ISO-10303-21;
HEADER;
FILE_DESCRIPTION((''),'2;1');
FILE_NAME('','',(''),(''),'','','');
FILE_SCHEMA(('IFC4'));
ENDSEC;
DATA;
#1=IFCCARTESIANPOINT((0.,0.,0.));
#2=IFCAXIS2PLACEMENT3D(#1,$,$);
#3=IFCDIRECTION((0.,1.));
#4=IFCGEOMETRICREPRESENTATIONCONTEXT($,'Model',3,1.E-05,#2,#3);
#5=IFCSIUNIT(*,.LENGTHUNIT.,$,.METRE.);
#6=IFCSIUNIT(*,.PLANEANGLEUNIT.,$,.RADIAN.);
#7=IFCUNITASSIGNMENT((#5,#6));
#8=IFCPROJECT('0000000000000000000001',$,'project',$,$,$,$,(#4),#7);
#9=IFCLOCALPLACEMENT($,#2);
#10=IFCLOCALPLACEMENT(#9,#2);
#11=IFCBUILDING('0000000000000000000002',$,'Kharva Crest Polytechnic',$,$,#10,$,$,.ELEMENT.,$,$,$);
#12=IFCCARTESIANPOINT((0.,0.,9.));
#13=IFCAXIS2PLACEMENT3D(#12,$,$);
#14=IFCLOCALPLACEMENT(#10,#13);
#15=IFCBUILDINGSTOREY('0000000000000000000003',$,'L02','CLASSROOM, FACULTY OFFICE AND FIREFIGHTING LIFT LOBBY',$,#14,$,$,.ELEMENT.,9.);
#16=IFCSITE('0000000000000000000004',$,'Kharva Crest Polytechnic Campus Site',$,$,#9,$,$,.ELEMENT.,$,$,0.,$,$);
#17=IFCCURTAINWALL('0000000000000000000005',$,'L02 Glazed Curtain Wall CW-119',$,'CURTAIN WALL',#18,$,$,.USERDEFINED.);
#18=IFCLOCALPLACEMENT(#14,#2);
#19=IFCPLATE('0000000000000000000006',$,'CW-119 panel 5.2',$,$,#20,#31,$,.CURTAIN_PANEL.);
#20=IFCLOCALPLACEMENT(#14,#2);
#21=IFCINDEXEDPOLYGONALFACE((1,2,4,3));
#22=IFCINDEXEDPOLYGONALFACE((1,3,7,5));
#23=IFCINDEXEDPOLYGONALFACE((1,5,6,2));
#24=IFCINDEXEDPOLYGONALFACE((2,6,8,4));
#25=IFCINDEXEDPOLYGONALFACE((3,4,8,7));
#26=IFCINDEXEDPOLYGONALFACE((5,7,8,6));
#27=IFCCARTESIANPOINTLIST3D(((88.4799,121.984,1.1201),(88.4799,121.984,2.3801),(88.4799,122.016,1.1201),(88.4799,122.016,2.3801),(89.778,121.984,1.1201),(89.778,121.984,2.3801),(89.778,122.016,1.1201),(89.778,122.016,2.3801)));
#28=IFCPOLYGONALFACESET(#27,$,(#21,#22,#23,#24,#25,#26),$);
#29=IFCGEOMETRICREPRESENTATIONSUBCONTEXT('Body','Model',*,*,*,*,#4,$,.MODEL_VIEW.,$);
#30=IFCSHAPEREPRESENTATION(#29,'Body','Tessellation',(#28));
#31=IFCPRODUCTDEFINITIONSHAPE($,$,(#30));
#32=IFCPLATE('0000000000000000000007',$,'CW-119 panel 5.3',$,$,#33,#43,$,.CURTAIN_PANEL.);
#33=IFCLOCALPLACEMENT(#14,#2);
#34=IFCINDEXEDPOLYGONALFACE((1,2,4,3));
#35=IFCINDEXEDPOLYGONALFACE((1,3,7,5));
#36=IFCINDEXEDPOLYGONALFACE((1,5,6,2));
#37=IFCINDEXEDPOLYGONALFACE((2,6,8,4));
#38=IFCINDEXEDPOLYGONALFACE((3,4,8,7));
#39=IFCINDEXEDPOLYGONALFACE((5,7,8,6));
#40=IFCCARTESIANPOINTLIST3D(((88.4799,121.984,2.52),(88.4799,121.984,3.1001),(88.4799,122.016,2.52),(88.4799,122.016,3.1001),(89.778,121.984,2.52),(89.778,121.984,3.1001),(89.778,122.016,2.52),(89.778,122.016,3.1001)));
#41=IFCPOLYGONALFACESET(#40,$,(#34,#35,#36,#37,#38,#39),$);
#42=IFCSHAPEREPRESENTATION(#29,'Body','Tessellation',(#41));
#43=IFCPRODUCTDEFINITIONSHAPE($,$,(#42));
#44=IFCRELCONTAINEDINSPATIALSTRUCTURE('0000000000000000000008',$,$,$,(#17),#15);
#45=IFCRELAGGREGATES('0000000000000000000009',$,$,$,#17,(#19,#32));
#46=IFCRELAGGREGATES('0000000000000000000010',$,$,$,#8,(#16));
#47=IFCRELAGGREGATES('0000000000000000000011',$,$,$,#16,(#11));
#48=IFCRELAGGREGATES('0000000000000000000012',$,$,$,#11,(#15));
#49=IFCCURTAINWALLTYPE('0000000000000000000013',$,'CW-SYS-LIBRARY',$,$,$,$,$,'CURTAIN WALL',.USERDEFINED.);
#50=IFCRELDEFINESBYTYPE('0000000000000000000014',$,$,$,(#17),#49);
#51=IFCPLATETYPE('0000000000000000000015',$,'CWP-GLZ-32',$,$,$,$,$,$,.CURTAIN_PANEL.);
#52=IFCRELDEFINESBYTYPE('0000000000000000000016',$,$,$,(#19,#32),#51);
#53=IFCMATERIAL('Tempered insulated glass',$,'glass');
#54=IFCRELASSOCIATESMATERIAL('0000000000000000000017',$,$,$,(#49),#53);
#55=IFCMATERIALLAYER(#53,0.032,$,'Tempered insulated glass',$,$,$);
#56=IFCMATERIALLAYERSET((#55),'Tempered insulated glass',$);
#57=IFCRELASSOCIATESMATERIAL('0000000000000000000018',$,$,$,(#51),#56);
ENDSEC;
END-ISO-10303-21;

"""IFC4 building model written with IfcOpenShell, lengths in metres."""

from ifc_helpers import new_model, si_unit, direction, frame, origin, origin_2d, place, context, subcontext, project, spatial, rectangle, extrude, material, layer, layer_set, type_object, element, aggregate, save


model = new_model("IFC4")

# Units and contexts
model_context = context("Model", 3, precision=1e-05, world=origin(), true_north=direction((0.0, 1.0)))
body_context = subcontext(model_context, "Body", "Model", "MODEL_VIEW")
ifc_project = project(units=[si_unit("LENGTHUNIT", "METRE"), si_unit("PLANEANGLEUNIT", "RADIAN")], contexts=[model_context])

# Site, building, storey
site_placement = place(None, origin())
site = spatial("IfcSite", under=ifc_project, at=site_placement, Name="Kharva Crest Polytechnic Campus Site", CompositionType="ELEMENT", RefElevation=0.0)
building_placement = place(site_placement, origin())
building = spatial("IfcBuilding", under=site, at=building_placement, Name="Kharva Crest Polytechnic", CompositionType="ELEMENT")
storey_placement = place(building_placement, frame((0.0, 0.0, 9.0)))
storey = spatial("IfcBuildingStorey", under=building, at=storey_placement, Name="L02", Description="CLASSROOM, FACULTY OFFICE AND FIREFIGHTING LIFT LOBBY", CompositionType="ELEMENT", Elevation=9.0)

# Curtain wall
ifc_material_1 = material(Name="Tempered insulated glass", Category="glass")
curtain_wall_type = type_object("IfcCurtainWallType", Name="CW-SYS-LIBRARY", ElementType="CURTAIN WALL", PredefinedType="USERDEFINED", material=ifc_material_1)
curtain_wall_1_placement = place(storey_placement, origin())
curtain_wall_1 = element("IfcCurtainWall", 1, at=curtain_wall_1_placement, inside=storey, type_object=curtain_wall_type, Name="L02 Glazed Curtain Wall CW-119", ObjectType="CURTAIN WALL", PredefinedType="USERDEFINED")

# Plates
ifc_layer = layer(ifc_material_1, 0.032, Name="Tempered insulated glass")
ifc_layer_set = layer_set([ifc_layer], Name="Tempered insulated glass")
plate_type = type_object("IfcPlateType", Name="CWP-GLZ-32", PredefinedType="CURTAIN_PANEL", material=ifc_layer_set)
plate_1_placement = place(storey_placement, frame((89.1289, 122.0, 1.1201), z_axis=(0.0, 0.0, 1.0), x_axis=(-1.0, 0.0, 0.0)))
plate_1 = element("IfcPlate", 2, at=plate_1_placement, type_object=plate_type, Name="CW-119 panel 5.2", PredefinedType="CURTAIN_PANEL", context=body_context, shape_type="SweptSolid", body=[
    extrude(rectangle(XDim=1.2981, YDim=0.032, at=origin_2d()), origin(), (0.0, 0.0, 1.0), 1.26),
])
plate_2_placement = place(storey_placement, frame((89.1289, 122.0, 2.52), z_axis=(0.0, 0.0, 1.0), x_axis=(-1.0, 0.0, 0.0)))
plate_2 = element("IfcPlate", 3, at=plate_2_placement, type_object=plate_type, Name="CW-119 panel 5.3", PredefinedType="CURTAIN_PANEL", context=body_context, shape_type="SweptSolid", body=[
    extrude(rectangle(XDim=1.2981, YDim=0.032, at=origin_2d()), origin(), (0.0, 0.0, 1.0), 0.5801),
])
aggregate(curtain_wall_1, [plate_1, plate_2])

save(model, "model.ifc")
